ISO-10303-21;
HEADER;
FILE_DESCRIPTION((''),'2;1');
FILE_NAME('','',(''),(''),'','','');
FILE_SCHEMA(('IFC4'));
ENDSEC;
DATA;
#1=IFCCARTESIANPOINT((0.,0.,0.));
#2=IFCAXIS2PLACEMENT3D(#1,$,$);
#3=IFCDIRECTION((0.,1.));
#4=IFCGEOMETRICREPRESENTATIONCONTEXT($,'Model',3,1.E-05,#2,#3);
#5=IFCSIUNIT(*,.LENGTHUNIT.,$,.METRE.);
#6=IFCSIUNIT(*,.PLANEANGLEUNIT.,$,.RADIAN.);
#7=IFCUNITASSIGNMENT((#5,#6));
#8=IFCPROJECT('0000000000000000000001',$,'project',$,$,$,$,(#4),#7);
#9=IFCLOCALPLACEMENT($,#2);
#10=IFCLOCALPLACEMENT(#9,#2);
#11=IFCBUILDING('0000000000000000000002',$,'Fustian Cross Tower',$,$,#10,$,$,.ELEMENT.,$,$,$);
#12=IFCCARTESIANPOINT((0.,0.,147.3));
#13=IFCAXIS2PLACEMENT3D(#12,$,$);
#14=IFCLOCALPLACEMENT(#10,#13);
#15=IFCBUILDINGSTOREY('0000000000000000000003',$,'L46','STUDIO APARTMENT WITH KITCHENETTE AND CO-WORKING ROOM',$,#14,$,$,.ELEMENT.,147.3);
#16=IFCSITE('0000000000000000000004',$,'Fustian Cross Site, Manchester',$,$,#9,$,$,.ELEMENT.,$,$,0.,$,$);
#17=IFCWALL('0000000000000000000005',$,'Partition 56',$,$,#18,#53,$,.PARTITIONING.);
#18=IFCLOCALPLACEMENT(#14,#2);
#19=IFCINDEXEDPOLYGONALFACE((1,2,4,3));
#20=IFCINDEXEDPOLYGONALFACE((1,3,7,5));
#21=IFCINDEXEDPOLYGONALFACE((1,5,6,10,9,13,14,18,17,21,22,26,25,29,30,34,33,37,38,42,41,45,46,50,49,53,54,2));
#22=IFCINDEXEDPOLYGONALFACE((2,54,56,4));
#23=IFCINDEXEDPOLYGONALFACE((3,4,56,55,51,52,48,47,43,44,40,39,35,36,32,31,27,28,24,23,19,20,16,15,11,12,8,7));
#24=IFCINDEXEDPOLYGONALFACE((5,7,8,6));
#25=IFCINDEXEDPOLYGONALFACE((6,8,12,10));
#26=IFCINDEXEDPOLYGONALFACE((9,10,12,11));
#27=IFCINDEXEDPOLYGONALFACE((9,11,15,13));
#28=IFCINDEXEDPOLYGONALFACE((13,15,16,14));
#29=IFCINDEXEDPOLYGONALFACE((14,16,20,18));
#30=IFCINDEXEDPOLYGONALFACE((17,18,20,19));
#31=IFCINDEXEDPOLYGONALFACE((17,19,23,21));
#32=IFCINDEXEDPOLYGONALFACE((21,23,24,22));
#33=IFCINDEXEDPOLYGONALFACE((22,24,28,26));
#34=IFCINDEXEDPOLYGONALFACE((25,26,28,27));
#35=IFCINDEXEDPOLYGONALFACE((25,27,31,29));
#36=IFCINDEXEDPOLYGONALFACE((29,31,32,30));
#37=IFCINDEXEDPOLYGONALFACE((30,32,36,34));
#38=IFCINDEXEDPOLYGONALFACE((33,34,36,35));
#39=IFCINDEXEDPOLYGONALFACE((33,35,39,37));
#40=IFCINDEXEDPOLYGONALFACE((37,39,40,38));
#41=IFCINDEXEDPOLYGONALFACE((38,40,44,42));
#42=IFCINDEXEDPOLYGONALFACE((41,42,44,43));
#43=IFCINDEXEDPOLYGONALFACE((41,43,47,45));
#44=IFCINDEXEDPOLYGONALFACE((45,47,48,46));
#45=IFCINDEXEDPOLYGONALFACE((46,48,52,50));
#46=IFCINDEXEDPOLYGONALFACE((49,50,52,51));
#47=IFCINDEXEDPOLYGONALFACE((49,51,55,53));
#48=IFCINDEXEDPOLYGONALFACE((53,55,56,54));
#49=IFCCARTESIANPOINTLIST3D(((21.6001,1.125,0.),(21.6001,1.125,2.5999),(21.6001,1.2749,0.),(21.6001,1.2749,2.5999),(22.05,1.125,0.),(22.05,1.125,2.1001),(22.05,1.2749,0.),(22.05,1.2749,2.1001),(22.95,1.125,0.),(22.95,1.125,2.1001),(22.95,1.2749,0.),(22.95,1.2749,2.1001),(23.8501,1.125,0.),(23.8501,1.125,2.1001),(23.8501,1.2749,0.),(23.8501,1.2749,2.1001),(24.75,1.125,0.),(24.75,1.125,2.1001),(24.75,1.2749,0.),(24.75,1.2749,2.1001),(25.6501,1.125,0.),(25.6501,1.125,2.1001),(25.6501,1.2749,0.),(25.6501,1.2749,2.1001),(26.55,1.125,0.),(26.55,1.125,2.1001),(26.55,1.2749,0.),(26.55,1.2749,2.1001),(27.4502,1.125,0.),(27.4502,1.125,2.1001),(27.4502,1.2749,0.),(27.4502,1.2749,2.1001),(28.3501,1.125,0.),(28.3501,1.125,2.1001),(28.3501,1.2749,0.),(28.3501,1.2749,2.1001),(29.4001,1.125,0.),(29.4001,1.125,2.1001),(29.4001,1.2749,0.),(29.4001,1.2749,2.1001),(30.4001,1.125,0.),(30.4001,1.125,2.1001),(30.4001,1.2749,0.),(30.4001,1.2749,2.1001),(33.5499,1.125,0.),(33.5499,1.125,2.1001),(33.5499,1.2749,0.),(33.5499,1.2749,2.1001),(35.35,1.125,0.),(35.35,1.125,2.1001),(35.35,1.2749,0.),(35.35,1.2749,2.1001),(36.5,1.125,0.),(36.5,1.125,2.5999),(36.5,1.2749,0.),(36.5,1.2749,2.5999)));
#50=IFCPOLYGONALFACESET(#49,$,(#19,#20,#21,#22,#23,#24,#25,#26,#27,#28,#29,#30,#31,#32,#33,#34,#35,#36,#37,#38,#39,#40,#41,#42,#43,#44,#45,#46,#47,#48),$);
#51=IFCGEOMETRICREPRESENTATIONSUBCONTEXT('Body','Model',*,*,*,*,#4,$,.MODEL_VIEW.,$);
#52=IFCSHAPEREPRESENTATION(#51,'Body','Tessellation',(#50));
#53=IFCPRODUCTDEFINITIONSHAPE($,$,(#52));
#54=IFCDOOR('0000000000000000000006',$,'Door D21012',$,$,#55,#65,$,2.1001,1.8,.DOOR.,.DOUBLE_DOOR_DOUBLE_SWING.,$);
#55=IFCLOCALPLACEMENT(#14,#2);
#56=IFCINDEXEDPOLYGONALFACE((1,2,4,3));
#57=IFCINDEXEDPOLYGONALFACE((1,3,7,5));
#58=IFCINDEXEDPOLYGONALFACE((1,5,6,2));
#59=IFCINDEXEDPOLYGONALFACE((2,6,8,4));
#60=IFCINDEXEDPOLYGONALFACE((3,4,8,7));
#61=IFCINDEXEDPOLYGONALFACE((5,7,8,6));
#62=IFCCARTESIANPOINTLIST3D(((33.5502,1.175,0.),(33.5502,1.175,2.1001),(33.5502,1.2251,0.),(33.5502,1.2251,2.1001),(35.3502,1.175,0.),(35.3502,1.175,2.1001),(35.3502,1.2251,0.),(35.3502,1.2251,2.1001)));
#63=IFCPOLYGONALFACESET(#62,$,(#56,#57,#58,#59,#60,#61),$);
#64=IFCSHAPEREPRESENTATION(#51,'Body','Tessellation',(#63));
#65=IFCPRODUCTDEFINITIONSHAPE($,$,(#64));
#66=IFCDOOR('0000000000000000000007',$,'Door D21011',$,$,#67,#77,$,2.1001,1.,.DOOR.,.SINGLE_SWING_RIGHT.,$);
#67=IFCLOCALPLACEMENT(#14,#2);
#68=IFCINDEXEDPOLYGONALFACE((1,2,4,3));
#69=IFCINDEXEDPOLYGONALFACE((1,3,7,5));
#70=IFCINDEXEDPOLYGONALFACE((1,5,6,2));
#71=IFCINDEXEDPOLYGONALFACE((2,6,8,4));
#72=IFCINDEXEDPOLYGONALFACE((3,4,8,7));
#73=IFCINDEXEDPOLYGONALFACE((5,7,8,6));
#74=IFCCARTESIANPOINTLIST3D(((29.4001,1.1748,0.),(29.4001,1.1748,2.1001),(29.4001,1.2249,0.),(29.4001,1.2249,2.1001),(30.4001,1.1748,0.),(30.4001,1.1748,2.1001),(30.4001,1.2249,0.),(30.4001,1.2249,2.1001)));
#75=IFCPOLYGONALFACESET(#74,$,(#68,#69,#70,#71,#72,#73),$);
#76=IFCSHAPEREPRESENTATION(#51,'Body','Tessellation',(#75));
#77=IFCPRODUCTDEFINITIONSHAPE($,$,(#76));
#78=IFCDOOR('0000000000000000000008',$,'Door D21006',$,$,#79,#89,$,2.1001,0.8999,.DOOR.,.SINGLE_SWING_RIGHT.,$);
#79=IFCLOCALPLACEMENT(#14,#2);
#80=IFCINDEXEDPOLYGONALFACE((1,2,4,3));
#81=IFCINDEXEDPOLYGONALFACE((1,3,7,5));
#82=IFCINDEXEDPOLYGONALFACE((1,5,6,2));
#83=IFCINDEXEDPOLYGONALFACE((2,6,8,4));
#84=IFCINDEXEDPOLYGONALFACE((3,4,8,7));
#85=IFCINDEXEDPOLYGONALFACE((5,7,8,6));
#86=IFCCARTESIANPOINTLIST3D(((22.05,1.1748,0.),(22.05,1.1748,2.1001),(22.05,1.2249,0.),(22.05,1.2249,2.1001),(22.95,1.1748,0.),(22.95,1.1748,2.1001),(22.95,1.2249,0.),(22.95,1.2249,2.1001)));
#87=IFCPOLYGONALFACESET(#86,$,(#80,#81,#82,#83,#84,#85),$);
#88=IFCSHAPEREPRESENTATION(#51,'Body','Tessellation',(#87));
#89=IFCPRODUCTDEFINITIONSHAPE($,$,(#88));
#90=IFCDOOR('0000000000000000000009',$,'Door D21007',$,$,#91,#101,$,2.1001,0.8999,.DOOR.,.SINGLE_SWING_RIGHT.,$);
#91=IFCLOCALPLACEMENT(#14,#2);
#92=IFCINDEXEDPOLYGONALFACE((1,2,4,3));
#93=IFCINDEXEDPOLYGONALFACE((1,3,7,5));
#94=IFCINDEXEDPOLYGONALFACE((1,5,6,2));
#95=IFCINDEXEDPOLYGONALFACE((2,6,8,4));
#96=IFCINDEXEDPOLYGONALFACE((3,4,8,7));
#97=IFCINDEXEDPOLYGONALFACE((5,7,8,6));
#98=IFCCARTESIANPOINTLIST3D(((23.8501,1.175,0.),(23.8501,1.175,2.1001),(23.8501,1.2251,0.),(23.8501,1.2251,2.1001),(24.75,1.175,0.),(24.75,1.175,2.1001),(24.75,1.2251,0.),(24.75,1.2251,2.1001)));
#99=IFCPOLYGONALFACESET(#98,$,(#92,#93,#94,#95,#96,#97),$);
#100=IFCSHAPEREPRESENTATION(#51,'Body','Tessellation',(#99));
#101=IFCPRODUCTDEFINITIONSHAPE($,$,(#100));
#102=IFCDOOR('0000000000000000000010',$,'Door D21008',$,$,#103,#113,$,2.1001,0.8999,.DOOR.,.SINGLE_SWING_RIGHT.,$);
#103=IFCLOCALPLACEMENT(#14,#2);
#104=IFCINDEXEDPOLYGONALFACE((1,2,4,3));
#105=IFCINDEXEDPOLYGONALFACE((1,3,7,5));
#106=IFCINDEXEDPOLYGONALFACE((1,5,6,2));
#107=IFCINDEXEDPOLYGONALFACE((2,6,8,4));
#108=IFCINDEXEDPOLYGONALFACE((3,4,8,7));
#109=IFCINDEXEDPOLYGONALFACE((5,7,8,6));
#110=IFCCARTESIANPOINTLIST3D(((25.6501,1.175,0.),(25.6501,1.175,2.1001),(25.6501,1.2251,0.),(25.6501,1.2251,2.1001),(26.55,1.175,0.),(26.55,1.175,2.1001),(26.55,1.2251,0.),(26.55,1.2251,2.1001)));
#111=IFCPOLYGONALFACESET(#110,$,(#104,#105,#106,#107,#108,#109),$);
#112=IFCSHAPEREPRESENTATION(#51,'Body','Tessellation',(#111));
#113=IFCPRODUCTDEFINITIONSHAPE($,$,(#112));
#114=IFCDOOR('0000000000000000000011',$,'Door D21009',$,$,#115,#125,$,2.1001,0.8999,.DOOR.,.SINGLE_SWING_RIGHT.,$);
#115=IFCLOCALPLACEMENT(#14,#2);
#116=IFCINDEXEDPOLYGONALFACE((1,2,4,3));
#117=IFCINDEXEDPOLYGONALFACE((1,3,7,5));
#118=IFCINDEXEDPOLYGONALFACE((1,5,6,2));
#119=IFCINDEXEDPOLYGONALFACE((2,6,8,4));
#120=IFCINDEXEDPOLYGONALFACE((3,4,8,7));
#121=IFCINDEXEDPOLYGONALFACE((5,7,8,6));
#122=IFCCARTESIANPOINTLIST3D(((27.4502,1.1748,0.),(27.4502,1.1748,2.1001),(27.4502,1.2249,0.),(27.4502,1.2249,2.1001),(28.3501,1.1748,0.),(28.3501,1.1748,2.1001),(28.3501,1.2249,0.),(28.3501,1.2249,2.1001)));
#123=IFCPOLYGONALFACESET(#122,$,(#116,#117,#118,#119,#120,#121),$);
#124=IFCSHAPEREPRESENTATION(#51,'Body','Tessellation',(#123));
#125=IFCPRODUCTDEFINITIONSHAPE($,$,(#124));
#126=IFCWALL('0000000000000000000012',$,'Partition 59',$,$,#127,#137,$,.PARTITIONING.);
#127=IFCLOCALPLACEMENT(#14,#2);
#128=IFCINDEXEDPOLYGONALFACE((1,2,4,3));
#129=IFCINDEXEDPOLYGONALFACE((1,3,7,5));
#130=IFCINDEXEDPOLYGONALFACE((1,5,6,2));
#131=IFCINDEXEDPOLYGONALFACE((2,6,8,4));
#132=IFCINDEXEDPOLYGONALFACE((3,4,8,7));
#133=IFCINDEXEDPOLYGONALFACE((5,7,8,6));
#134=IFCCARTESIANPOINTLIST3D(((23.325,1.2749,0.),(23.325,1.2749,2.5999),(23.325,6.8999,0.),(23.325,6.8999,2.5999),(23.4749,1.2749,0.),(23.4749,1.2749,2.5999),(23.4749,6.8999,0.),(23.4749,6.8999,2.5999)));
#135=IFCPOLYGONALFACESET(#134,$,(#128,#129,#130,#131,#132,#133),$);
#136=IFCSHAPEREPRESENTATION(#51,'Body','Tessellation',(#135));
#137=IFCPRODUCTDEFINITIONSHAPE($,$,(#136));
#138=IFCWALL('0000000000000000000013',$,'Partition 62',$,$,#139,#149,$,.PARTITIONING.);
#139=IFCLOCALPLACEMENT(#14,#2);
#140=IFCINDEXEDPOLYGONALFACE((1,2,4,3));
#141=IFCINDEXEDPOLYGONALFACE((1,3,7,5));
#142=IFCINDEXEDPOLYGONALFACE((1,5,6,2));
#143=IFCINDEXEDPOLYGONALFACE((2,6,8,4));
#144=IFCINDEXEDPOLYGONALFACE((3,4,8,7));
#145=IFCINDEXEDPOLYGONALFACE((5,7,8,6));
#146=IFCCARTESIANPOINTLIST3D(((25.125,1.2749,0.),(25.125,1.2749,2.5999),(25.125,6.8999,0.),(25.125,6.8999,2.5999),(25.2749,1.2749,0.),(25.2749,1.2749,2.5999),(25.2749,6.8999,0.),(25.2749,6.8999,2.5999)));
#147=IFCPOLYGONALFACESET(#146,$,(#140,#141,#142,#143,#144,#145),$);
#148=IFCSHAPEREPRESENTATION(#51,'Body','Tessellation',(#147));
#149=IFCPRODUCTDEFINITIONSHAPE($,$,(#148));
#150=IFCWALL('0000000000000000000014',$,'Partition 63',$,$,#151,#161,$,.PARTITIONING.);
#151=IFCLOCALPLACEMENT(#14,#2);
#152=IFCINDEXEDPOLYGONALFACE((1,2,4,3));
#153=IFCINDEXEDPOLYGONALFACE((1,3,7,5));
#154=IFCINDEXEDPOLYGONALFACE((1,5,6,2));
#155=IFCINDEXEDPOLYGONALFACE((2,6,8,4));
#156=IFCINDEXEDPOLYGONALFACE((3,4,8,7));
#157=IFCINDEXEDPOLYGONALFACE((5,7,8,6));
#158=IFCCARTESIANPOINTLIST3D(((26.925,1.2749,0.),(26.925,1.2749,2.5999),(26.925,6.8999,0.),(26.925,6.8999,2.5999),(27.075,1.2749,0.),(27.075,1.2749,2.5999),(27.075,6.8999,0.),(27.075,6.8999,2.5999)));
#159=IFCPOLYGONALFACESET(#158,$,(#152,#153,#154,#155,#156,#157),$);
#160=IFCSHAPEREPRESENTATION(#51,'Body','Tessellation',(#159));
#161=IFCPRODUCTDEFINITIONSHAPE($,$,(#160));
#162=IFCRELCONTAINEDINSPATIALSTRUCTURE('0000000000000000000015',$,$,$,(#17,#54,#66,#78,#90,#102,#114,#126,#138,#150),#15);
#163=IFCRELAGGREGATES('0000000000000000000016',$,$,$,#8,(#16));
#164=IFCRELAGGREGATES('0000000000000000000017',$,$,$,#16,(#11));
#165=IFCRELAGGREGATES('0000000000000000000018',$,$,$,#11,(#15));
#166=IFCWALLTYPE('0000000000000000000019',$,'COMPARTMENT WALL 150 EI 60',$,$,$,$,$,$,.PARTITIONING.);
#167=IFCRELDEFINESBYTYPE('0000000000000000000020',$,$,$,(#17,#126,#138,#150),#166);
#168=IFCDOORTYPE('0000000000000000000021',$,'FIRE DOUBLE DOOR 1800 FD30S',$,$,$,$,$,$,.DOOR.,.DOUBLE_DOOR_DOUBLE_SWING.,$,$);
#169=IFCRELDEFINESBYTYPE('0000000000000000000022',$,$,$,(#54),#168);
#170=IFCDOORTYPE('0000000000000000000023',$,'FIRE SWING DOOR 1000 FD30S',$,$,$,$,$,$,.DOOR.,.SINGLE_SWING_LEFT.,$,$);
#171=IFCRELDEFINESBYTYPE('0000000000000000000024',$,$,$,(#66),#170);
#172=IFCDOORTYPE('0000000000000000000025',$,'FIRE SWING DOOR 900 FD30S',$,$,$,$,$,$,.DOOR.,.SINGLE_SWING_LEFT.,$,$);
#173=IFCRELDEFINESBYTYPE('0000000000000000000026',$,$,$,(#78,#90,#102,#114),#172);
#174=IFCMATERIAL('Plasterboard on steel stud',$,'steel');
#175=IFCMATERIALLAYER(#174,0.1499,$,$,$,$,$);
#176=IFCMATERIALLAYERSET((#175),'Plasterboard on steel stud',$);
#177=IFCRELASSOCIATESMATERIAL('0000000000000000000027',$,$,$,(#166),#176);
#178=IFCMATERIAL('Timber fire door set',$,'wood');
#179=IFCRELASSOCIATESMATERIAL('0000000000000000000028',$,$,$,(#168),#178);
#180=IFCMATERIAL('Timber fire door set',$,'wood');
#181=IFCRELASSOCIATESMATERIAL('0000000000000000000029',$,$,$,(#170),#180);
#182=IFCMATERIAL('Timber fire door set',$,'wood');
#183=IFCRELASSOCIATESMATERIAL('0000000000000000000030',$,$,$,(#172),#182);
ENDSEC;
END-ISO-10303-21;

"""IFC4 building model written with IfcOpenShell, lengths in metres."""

from ifc_helpers import new_model, si_unit, direction, frame, frame_2d, origin, place, context, subcontext, project, spatial, rectangle, extrude, material, layer, layer_set, type_object, element, fill, save


model = new_model("IFC4")

# Units and contexts
model_context = context("Model", 3, precision=1e-05, world=origin(), true_north=direction((0.0, 1.0)))
body_context = subcontext(model_context, "Body", "Model", "MODEL_VIEW")
ifc_project = project(units=[si_unit("LENGTHUNIT", "METRE"), si_unit("PLANEANGLEUNIT", "RADIAN")], contexts=[model_context])

# Site, building, storey
site_placement = place(None, origin())
site = spatial("IfcSite", under=ifc_project, at=site_placement, Name="Fustian Cross Site, Manchester", CompositionType="ELEMENT", RefElevation=0.0)
building_placement = place(site_placement, origin())
building = spatial("IfcBuilding", under=site, at=building_placement, Name="Fustian Cross Tower", CompositionType="ELEMENT")
storey_placement = place(building_placement, frame((0.0, 0.0, 147.3)))
storey = spatial("IfcBuildingStorey", under=building, at=storey_placement, Name="L46", Description="STUDIO APARTMENT WITH KITCHENETTE AND CO-WORKING ROOM", CompositionType="ELEMENT", Elevation=147.3)

# Wall, openings, doors
ifc_material_1 = material(Name="Plasterboard on steel stud", Category="steel")
ifc_layer_1 = layer(ifc_material_1, 0.1499)
ifc_layer_set_1 = layer_set([ifc_layer_1], Name="Plasterboard on steel stud")
wall_type_1 = type_object("IfcWallType", Name="COMPARTMENT WALL 150 EI 60", PredefinedType="PARTITIONING", material=ifc_layer_set_1)
ifc_material_2 = material(Name="Timber fire door set", Category="wood")
door_type_1 = type_object("IfcDoorType", Name="FIRE DOUBLE DOOR 1800 FD30S", OperationType="DOUBLE_DOOR_DOUBLE_SWING", PredefinedType="DOOR", material=ifc_material_2)
ifc_material_3 = material(Name="Timber fire door set", Category="wood")
door_type_2 = type_object("IfcDoorType", Name="FIRE SWING DOOR 1000 FD30S", OperationType="SINGLE_SWING_LEFT", PredefinedType="DOOR", material=ifc_material_3)
wall_1_placement = place(storey_placement, frame((21.6001, 1.2, 0.0), z_axis=(0.0, 0.0, 1.0), x_axis=(1.0, 0.0, 0.0)))
wall_1 = element("IfcWall", 1, at=wall_1_placement, inside=storey, type_object=wall_type_1, Name="Partition 56", PredefinedType="PARTITIONING", context=body_context, shape_type="SweptSolid", body=[
    extrude(rectangle(XDim=14.8999, YDim=0.1499, at=frame_2d((7.45, 0.0))), origin(), (0.0, 0.0, 1.0), 2.5999),
])
opening_1_placement = place(wall_1_placement, frame((0.45, 0.0, 0.0)))
opening_1 = element("IfcOpeningElement", 2, at=opening_1_placement, cuts=wall_1, PredefinedType="OPENING", context=body_context, shape_type="SweptSolid", body=[
    extrude(rectangle(XDim=0.8999, YDim=2.1001, at=frame_2d((0.45, 1.05))), frame((0.0, 0.085, 0.0), z_axis=(0.0, -1.0, 0.0), x_axis=(1.0, 0.0, 0.0)), (0.0, 0.0, 1.0), 0.1699),
])
opening_2_placement = place(wall_1_placement, frame((2.25, 0.0, 0.0)))
opening_2 = element("IfcOpeningElement", 3, at=opening_2_placement, cuts=wall_1, PredefinedType="OPENING", context=body_context, shape_type="SweptSolid", body=[
    extrude(rectangle(XDim=0.8999, YDim=2.1001, at=frame_2d((0.45, 1.05))), frame((0.0, 0.085, 0.0), z_axis=(0.0, -1.0, 0.0), x_axis=(1.0, 0.0, 0.0)), (0.0, 0.0, 1.0), 0.1699),
])
opening_3_placement = place(wall_1_placement, frame((4.05, 0.0, 0.0)))
opening_3 = element("IfcOpeningElement", 4, at=opening_3_placement, cuts=wall_1, PredefinedType="OPENING", context=body_context, shape_type="SweptSolid", body=[
    extrude(rectangle(XDim=0.8999, YDim=2.1001, at=frame_2d((0.45, 1.05))), frame((0.0, 0.085, 0.0), z_axis=(0.0, -1.0, 0.0), x_axis=(1.0, 0.0, 0.0)), (0.0, 0.0, 1.0), 0.1699),
])
opening_4_placement = place(wall_1_placement, frame((5.8501, 0.0, 0.0)))
opening_4 = element("IfcOpeningElement", 5, at=opening_4_placement, cuts=wall_1, PredefinedType="OPENING", context=body_context, shape_type="SweptSolid", body=[
    extrude(rectangle(XDim=0.8999, YDim=2.1001, at=frame_2d((0.45, 1.05))), frame((0.0, 0.085, 0.0), z_axis=(0.0, -1.0, 0.0), x_axis=(1.0, 0.0, 0.0)), (0.0, 0.0, 1.0), 0.1699),
])
opening_5_placement = place(wall_1_placement, frame((7.8, 0.0, 0.0)))
opening_5 = element("IfcOpeningElement", 6, at=opening_5_placement, cuts=wall_1, PredefinedType="OPENING", context=body_context, shape_type="SweptSolid", body=[
    extrude(rectangle(XDim=1.0, YDim=2.1001, at=frame_2d((0.5, 1.05))), frame((0.0, 0.085, 0.0), z_axis=(0.0, -1.0, 0.0), x_axis=(1.0, 0.0, 0.0)), (0.0, 0.0, 1.0), 0.1699),
])
opening_6_placement = place(wall_1_placement, frame((11.95, 0.0, 0.0)))
opening_6 = element("IfcOpeningElement", 7, at=opening_6_placement, cuts=wall_1, PredefinedType="OPENING", context=body_context, shape_type="SweptSolid", body=[
    extrude(rectangle(XDim=1.8, YDim=2.1001, at=frame_2d((0.8999, 1.05))), frame((0.0, 0.085, 0.0), z_axis=(0.0, -1.0, 0.0), x_axis=(1.0, 0.0, 0.0)), (0.0, 0.0, 1.0), 0.1699),
])
door_1_placement = place(opening_6_placement, frame((1.8, 0.0, 0.0), z_axis=(0.0, 0.0, 1.0), x_axis=(-1.0, 0.0, 0.0)))
door_1 = element("IfcDoor", 8, at=door_1_placement, inside=storey, type_object=door_type_1, Name="Door D21012", OperationType="DOUBLE_DOOR_DOUBLE_SWING", OverallHeight=2.1001, OverallWidth=1.8, PredefinedType="DOOR", context=body_context, shape_type="SweptSolid", body=[
    extrude(rectangle(XDim=1.8, YDim=2.1001, at=frame_2d((0.8999, 1.05))), frame((0.0, 0.0249, 0.0), z_axis=(0.0, -1.0, 0.0), x_axis=(1.0, 0.0, 0.0)), (0.0, 0.0, 1.0), 0.05),
])
fill(opening_6, door_1)
door_2_placement = place(opening_5_placement, origin())
door_2 = element("IfcDoor", 9, at=door_2_placement, inside=storey, type_object=door_type_2, Name="Door D21011", OperationType="SINGLE_SWING_RIGHT", OverallHeight=2.1001, OverallWidth=1.0, PredefinedType="DOOR", context=body_context, shape_type="SweptSolid", body=[
    extrude(rectangle(XDim=1.0, YDim=2.1001, at=frame_2d((0.5, 1.05))), frame((0.0, 0.0249, 0.0), z_axis=(0.0, -1.0, 0.0), x_axis=(1.0, 0.0, 0.0)), (0.0, 0.0, 1.0), 0.05),
])
fill(opening_5, door_2)
ifc_material_4 = material(Name="Timber fire door set", Category="wood")
door_type_3 = type_object("IfcDoorType", Name="FIRE SWING DOOR 900 FD30S", OperationType="SINGLE_SWING_LEFT", PredefinedType="DOOR", material=ifc_material_4)
door_3_placement = place(opening_1_placement, origin())
door_3 = element("IfcDoor", 10, at=door_3_placement, inside=storey, type_object=door_type_3, Name="Door D21006", OperationType="SINGLE_SWING_RIGHT", OverallHeight=2.1001, OverallWidth=0.8999, PredefinedType="DOOR", context=body_context, shape_type="SweptSolid", body=[
    extrude(rectangle(XDim=0.8999, YDim=2.1001, at=frame_2d((0.45, 1.05))), frame((0.0, 0.0249, 0.0), z_axis=(0.0, -1.0, 0.0), x_axis=(1.0, 0.0, 0.0)), (0.0, 0.0, 1.0), 0.05),
])
fill(opening_1, door_3)
door_4_placement = place(opening_2_placement, frame((0.8999, 0.0, 0.0), z_axis=(0.0, 0.0, 1.0), x_axis=(-1.0, 0.0, 0.0)))
door_4 = element("IfcDoor", 11, at=door_4_placement, inside=storey, type_object=door_type_3, Name="Door D21007", OperationType="SINGLE_SWING_RIGHT", OverallHeight=2.1001, OverallWidth=0.8999, PredefinedType="DOOR", context=body_context, shape_type="SweptSolid", body=[
    extrude(rectangle(XDim=0.8999, YDim=2.1001, at=frame_2d((0.45, 1.05))), frame((0.0, 0.0249, 0.0), z_axis=(0.0, -1.0, 0.0), x_axis=(1.0, 0.0, 0.0)), (0.0, 0.0, 1.0), 0.05),
])
fill(opening_2, door_4)
door_5_placement = place(opening_3_placement, frame((0.8999, 0.0, 0.0), z_axis=(0.0, 0.0, 1.0), x_axis=(-1.0, 0.0, 0.0)))
door_5 = element("IfcDoor", 12, at=door_5_placement, inside=storey, type_object=door_type_3, Name="Door D21008", OperationType="SINGLE_SWING_RIGHT", OverallHeight=2.1001, OverallWidth=0.8999, PredefinedType="DOOR", context=body_context, shape_type="SweptSolid", body=[
    extrude(rectangle(XDim=0.8999, YDim=2.1001, at=frame_2d((0.45, 1.05))), frame((0.0, 0.0249, 0.0), z_axis=(0.0, -1.0, 0.0), x_axis=(1.0, 0.0, 0.0)), (0.0, 0.0, 1.0), 0.05),
])
fill(opening_3, door_5)
door_6_placement = place(opening_4_placement, origin())
door_6 = element("IfcDoor", 13, at=door_6_placement, inside=storey, type_object=door_type_3, Name="Door D21009", OperationType="SINGLE_SWING_RIGHT", OverallHeight=2.1001, OverallWidth=0.8999, PredefinedType="DOOR", context=body_context, shape_type="SweptSolid", body=[
    extrude(rectangle(XDim=0.8999, YDim=2.1001, at=frame_2d((0.45, 1.05))), frame((0.0, 0.0249, 0.0), z_axis=(0.0, -1.0, 0.0), x_axis=(1.0, 0.0, 0.0)), (0.0, 0.0, 1.0), 0.05),
])
fill(opening_4, door_6)

# Walls
for number, where, z_axis, x_axis, name in (
    (14, (23.3999, 1.2749, 0.0), (0.0, 0.0, 1.0), (0.0, 1.0, 0.0), "Partition 59"),
    (15, (25.2, 1.2749, 0.0), (0.0, 0.0, 1.0), (0.0, 1.0, 0.0), "Partition 62"),
    (16, (27.0, 1.2749, 0.0), (0.0, 0.0, 1.0), (0.0, 1.0, 0.0), "Partition 63"),
):
    element("IfcWall", number, at=place(storey_placement, frame(where, z_axis=z_axis, x_axis=x_axis)), inside=storey, type_object=wall_type_1, Name=name, PredefinedType="PARTITIONING", context=body_context, shape_type="SweptSolid", body=[
        extrude(rectangle(XDim=5.625, YDim=0.1499, at=frame_2d((2.8125, 0.0))), origin(), (0.0, 0.0, 1.0), 2.5999),
    ])

save(model, "model.ifc")
